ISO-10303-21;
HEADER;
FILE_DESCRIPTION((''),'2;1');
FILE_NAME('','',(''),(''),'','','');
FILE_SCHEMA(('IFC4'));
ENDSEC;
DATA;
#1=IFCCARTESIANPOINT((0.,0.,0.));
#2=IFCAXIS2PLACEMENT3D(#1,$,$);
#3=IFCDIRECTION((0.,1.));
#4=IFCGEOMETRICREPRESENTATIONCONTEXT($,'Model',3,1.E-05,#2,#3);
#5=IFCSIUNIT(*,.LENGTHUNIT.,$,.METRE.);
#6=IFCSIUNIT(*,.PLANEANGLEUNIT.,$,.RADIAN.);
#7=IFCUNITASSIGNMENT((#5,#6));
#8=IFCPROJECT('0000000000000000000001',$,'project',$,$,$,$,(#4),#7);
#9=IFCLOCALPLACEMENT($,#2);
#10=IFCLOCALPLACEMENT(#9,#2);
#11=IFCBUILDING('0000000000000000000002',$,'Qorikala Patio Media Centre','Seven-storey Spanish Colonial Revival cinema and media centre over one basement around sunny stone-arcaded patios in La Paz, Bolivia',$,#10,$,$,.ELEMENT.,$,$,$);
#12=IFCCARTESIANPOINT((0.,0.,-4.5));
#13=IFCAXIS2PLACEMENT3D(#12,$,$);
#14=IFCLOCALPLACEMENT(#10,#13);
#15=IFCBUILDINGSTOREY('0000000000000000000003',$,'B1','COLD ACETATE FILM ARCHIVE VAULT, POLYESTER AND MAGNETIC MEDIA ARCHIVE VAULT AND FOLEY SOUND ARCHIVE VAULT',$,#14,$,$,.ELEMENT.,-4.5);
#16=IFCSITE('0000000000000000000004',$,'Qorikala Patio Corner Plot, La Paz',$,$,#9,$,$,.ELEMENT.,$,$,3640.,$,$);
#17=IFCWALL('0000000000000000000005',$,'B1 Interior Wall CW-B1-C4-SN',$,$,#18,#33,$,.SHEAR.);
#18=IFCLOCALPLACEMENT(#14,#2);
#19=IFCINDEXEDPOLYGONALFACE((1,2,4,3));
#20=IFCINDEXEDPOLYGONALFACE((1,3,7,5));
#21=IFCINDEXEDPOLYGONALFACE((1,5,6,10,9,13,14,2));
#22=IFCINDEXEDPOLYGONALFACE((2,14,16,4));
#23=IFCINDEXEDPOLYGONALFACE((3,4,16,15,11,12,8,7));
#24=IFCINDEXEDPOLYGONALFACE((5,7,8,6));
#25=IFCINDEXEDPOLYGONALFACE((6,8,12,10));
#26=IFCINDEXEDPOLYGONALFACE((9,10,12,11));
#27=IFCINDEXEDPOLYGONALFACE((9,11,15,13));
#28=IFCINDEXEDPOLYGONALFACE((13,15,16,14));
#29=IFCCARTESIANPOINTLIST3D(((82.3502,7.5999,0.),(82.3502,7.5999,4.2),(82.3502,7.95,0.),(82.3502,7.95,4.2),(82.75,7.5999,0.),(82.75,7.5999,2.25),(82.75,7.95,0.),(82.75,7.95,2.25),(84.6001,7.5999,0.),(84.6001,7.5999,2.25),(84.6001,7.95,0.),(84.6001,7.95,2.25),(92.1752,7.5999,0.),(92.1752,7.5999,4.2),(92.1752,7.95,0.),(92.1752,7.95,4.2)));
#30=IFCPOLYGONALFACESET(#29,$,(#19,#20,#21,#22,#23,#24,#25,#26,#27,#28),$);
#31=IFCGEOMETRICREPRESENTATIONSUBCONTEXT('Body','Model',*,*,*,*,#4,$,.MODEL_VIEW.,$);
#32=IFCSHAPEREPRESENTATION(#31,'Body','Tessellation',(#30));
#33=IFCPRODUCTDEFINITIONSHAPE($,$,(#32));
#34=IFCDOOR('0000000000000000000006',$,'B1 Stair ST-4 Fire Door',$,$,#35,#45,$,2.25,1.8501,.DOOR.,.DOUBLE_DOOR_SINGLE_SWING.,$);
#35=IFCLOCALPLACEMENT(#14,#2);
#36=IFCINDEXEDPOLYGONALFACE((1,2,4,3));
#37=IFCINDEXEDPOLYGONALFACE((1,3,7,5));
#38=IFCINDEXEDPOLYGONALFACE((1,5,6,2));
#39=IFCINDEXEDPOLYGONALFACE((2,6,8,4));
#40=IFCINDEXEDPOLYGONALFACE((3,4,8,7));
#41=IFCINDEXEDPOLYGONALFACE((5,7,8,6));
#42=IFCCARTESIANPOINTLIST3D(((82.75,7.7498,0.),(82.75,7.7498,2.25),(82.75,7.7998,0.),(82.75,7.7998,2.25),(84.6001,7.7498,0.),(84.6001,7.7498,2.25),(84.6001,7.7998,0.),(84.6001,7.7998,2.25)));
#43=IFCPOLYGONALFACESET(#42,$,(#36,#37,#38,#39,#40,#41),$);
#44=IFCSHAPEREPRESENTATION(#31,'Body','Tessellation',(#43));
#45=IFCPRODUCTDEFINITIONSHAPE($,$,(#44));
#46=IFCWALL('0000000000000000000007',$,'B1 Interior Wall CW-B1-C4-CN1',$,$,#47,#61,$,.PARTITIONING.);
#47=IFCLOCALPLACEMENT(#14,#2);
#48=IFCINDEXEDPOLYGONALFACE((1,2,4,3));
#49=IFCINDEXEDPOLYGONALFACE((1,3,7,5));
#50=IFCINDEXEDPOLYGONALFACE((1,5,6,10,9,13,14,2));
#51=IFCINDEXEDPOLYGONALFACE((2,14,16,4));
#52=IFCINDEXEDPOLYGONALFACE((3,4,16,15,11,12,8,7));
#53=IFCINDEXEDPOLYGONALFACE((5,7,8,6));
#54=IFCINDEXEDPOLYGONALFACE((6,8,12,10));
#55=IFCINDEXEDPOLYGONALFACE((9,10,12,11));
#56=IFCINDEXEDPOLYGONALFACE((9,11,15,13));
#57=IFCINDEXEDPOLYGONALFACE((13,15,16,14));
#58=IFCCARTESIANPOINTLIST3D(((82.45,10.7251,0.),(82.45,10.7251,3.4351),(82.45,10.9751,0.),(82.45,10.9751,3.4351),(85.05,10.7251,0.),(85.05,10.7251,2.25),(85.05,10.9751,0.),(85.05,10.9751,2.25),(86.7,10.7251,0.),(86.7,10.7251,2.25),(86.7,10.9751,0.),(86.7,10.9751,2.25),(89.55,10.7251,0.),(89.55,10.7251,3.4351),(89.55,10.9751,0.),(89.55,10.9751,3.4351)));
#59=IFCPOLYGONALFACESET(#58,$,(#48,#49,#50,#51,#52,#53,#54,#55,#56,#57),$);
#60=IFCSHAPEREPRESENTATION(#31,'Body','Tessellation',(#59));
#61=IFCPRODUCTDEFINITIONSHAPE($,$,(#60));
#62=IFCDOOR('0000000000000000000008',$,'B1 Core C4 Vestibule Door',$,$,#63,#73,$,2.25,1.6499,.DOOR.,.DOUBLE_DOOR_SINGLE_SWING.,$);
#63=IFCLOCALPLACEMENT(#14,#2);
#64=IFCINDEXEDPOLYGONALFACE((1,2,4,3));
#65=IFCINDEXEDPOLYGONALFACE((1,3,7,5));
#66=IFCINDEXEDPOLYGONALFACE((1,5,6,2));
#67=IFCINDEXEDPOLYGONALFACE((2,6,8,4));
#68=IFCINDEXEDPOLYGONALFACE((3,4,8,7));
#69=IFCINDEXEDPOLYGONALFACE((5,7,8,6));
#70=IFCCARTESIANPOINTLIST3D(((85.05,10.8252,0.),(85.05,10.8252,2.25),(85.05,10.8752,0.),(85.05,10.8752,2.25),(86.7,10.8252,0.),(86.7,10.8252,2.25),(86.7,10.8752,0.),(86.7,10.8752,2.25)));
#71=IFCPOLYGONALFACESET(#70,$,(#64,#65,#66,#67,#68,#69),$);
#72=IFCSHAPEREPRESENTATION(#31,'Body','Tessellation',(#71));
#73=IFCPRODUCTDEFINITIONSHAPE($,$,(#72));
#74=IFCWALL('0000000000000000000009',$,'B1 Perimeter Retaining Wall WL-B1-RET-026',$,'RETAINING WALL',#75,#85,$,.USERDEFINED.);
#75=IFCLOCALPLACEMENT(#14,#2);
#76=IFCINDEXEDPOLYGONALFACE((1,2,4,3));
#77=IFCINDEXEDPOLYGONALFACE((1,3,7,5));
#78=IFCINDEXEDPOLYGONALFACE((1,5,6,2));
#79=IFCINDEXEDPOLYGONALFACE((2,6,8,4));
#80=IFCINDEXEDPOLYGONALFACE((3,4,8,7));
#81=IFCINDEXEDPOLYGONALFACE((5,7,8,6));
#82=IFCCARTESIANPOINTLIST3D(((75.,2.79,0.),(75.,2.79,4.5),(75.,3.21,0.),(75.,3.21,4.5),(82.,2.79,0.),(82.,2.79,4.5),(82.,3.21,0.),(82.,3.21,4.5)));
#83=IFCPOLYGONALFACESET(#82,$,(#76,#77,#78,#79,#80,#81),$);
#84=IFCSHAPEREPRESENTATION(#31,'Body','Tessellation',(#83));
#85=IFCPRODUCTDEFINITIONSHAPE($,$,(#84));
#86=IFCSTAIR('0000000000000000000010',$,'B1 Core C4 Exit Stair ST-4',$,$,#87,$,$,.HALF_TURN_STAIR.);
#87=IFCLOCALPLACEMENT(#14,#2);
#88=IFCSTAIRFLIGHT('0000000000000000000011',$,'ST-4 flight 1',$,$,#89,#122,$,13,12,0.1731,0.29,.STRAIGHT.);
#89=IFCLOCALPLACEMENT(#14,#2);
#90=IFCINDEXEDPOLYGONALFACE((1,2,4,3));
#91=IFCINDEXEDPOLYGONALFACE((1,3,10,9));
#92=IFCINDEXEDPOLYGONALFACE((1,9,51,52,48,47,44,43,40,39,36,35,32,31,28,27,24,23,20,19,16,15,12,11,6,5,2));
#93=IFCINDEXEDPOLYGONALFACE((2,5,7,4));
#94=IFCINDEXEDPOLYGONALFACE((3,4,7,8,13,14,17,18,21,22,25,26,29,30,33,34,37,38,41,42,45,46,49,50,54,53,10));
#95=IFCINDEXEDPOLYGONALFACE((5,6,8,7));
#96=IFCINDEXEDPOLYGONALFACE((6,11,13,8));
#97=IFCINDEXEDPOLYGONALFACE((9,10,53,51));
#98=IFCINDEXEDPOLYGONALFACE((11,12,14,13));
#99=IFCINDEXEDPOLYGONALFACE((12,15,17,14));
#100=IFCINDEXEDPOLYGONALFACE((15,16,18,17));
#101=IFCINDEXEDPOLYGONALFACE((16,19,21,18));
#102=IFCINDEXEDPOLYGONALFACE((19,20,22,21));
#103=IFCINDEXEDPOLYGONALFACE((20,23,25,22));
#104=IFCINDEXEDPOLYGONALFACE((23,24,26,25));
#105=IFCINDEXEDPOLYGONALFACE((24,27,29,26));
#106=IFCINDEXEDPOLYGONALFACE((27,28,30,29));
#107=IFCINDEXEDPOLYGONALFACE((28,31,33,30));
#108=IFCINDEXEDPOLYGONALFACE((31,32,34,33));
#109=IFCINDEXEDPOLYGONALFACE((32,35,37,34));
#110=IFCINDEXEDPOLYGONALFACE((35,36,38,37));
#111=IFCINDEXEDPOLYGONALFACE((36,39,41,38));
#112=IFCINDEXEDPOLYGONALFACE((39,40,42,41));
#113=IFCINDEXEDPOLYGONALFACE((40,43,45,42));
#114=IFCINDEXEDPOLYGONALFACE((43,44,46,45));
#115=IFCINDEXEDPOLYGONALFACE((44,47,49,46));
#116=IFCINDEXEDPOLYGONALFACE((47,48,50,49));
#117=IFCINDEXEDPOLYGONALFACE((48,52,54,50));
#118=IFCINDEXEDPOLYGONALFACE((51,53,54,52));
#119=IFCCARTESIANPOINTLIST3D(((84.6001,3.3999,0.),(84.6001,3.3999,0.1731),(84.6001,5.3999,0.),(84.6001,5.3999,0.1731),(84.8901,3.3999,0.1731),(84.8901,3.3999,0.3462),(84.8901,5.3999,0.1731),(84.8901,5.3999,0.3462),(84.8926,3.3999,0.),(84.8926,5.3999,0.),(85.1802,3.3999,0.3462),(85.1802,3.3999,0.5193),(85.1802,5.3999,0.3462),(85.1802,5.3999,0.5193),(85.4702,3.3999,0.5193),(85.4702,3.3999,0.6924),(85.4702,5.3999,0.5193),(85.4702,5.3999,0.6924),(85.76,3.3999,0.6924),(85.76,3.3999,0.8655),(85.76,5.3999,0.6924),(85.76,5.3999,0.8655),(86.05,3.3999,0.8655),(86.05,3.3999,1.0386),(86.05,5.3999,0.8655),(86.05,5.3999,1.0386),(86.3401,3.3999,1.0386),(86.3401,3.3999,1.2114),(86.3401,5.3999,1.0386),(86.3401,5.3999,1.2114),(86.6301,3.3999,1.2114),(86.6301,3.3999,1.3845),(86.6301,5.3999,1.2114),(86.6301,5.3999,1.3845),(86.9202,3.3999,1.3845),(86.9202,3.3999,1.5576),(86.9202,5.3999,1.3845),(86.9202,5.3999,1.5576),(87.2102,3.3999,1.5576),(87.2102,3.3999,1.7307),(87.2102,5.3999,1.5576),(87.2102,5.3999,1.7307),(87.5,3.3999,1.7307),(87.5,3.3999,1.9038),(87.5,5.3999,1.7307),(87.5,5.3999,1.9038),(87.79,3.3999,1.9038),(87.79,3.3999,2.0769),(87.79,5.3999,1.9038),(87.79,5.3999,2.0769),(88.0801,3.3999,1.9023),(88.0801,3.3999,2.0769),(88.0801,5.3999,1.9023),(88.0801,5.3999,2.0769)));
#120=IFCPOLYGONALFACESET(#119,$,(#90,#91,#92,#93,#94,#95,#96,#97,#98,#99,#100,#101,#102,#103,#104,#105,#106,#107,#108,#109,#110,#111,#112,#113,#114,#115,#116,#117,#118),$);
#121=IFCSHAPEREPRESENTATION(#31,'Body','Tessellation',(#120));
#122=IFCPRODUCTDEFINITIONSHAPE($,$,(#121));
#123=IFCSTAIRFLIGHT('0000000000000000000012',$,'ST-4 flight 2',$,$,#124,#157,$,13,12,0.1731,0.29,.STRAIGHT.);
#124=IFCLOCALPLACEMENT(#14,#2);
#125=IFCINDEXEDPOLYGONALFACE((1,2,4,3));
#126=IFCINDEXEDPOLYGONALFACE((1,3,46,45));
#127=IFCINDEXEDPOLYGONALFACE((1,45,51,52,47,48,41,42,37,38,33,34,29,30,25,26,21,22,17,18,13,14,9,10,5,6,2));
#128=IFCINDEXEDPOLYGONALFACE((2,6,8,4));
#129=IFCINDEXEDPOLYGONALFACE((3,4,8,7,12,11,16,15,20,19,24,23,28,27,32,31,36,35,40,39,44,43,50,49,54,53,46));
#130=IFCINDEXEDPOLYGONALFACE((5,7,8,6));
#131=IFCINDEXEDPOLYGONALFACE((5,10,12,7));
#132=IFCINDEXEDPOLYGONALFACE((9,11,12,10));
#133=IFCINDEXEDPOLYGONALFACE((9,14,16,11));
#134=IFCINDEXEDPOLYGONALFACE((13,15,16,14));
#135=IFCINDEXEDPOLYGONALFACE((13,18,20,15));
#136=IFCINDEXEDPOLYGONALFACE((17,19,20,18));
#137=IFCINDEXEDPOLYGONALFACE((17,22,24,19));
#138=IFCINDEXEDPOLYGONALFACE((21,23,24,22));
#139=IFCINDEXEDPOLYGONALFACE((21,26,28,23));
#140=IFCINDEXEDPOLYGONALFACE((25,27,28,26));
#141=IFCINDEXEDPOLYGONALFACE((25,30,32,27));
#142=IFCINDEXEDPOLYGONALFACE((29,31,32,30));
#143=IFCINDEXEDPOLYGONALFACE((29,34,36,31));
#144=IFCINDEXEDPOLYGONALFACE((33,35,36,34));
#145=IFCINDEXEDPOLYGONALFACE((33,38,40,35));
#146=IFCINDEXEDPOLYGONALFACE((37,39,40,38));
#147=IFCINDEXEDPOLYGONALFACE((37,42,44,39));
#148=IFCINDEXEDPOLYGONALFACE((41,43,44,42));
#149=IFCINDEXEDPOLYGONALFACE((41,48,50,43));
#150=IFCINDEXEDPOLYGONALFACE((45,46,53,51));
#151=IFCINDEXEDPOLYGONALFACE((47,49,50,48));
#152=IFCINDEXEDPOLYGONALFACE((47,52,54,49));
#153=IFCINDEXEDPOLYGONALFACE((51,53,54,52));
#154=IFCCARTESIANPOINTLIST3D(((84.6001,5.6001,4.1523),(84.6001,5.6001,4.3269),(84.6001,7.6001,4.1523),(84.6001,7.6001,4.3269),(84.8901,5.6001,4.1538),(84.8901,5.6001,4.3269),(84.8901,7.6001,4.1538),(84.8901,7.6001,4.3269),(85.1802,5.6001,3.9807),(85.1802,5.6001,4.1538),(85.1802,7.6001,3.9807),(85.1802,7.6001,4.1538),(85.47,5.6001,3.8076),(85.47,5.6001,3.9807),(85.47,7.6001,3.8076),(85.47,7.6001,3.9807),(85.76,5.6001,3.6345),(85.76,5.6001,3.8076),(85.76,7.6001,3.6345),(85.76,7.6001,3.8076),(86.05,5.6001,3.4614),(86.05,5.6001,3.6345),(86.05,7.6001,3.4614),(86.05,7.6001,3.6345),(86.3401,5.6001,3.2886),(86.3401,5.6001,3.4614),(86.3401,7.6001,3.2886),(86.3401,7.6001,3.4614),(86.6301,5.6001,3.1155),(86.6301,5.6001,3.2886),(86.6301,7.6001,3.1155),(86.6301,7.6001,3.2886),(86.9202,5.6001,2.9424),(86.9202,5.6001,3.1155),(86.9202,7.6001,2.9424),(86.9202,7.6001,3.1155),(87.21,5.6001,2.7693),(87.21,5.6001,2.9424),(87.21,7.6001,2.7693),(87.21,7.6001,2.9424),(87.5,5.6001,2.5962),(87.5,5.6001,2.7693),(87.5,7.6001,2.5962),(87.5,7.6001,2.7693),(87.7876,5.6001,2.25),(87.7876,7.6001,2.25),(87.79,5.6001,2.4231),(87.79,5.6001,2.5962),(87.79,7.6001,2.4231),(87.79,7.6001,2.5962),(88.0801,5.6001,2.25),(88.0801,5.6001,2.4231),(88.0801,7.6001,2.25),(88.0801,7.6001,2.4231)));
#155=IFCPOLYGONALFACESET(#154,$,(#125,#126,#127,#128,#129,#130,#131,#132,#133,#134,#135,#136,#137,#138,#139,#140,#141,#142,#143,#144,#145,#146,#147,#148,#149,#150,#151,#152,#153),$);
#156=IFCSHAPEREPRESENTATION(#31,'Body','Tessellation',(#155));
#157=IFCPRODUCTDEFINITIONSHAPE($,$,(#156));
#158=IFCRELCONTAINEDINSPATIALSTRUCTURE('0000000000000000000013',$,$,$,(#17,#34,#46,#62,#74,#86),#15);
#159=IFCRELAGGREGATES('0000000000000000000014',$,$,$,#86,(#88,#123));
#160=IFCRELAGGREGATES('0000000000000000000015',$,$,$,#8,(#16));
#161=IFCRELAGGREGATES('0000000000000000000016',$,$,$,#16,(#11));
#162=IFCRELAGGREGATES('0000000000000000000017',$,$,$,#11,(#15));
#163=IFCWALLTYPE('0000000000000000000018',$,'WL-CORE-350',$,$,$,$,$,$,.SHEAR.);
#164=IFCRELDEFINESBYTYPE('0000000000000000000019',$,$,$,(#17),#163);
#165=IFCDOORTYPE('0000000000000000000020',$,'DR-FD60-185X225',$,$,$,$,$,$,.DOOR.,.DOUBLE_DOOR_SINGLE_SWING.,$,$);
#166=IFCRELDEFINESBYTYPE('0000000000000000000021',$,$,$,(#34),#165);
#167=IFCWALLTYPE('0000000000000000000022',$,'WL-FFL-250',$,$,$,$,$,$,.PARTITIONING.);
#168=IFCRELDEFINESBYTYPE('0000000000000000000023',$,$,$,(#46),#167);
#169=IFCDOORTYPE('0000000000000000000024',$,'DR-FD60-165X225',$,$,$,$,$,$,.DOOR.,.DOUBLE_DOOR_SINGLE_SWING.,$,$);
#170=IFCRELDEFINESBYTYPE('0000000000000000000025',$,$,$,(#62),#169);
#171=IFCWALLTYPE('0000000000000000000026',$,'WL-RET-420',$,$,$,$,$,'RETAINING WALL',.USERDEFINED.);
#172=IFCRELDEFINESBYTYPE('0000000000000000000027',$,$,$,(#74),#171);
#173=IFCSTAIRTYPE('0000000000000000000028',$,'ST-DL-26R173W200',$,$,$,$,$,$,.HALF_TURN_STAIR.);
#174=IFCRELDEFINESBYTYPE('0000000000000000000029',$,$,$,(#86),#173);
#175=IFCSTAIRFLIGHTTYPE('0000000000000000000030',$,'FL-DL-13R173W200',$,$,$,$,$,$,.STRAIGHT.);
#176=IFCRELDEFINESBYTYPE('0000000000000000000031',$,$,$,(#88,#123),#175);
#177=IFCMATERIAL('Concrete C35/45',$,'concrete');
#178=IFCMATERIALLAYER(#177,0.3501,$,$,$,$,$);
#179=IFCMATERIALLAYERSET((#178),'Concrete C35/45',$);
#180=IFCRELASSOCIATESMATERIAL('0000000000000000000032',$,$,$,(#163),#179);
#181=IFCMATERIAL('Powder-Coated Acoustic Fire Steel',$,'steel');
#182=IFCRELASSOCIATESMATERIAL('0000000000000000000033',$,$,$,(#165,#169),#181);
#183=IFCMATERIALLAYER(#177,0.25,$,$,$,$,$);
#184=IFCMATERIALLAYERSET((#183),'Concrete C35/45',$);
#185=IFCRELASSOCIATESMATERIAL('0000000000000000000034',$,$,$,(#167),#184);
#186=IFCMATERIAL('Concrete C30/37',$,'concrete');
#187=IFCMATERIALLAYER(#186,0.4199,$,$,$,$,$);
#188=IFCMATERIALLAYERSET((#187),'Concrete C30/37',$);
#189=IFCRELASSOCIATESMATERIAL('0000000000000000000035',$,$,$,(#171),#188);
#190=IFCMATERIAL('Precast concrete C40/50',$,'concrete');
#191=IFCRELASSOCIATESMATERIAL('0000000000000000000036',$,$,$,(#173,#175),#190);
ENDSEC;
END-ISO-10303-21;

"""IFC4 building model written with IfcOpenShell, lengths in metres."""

from ifc_helpers import new_model, si_unit, direction, frame, frame_2d, origin, place, context, subcontext, project, spatial, polyline, rectangle, outline, extrude, material, layer, layer_set, type_object, element, fill, aggregate, save


model = new_model("IFC4")

# Units and contexts
model_context = context("Model", 3, precision=1e-05, world=origin(), true_north=direction((0.0, 1.0)))
body_context = subcontext(model_context, "Body", "Model", "MODEL_VIEW")
ifc_project = project(units=[si_unit("LENGTHUNIT", "METRE"), si_unit("PLANEANGLEUNIT", "RADIAN")], contexts=[model_context])

# Site, building, storey
site_placement = place(None, origin())
site = spatial("IfcSite", under=ifc_project, at=site_placement, Name="Qorikala Patio Corner Plot, La Paz", CompositionType="ELEMENT", RefElevation=3640.0)
building_placement = place(site_placement, origin())
building = spatial("IfcBuilding", under=site, at=building_placement, Name="Qorikala Patio Media Centre", Description="Seven-storey Spanish Colonial Revival cinema and media centre over one basement around sunny stone-arcaded patios in La Paz, Bolivia", CompositionType="ELEMENT")
storey_placement = place(building_placement, frame((0.0, 0.0, -4.5)))
storey = spatial("IfcBuildingStorey", under=building, at=storey_placement, Name="B1", Description="COLD ACETATE FILM ARCHIVE VAULT, POLYESTER AND MAGNETIC MEDIA ARCHIVE VAULT AND FOLEY SOUND ARCHIVE VAULT", CompositionType="ELEMENT", Elevation=-4.5)

# Shared definitions
ifc_material_1 = material(Name="Concrete C30/37", Category="concrete")

# Shared definitions
ifc_material_2 = material(Name="Concrete C35/45", Category="concrete")

# Shared definitions
ifc_layer_1 = layer(ifc_material_2, 0.3501)
ifc_layer_set_1 = layer_set([ifc_layer_1], Name="Concrete C35/45")
wall_type_1 = type_object("IfcWallType", Name="WL-CORE-350", PredefinedType="SHEAR", material=ifc_layer_set_1)

# Walls, openings, doors
wall_1_placement = place(storey_placement, frame((82.3501, 7.7749, 0.0), z_axis=(0.0, 0.0, 1.0), x_axis=(1.0, 0.0, 0.0)))
wall_1 = element("IfcWall", 1, at=wall_1_placement, inside=storey, type_object=wall_type_1, Name="B1 Interior Wall CW-B1-C4-SN", PredefinedType="SHEAR", context=body_context, shape_type="SweptSolid", body=[
    extrude(rectangle(XDim=9.825, YDim=0.3501, at=frame_2d((4.9126, 0.0))), origin(), (0.0, 0.0, 1.0), 4.2),
])
opening_1_placement = place(wall_1_placement, frame((0.3999, 0.0, 0.0)))
opening_1 = element("IfcOpeningElement", 2, at=opening_1_placement, cuts=wall_1, PredefinedType="OPENING", context=body_context, shape_type="SweptSolid", body=[
    extrude(rectangle(XDim=1.8501, YDim=2.25, at=frame_2d((0.925, 1.125))), frame((0.0, 0.1851, 0.0), z_axis=(0.0, -1.0, 0.0), x_axis=(1.0, 0.0, 0.0)), (0.0, 0.0, 1.0), 0.3701),
])
ifc_material_3 = material(Name="Powder-Coated Acoustic Fire Steel", Category="steel")
door_type_1 = type_object("IfcDoorType", Name="DR-FD60-185X225", OperationType="DOUBLE_DOOR_SINGLE_SWING", PredefinedType="DOOR", material=ifc_material_3)
door_1_placement = place(opening_1_placement, origin())
door_1 = element("IfcDoor", 3, at=door_1_placement, inside=storey, type_object=door_type_1, Name="B1 Stair ST-4 Fire Door", OperationType="DOUBLE_DOOR_SINGLE_SWING", OverallHeight=2.25, OverallWidth=1.8501, PredefinedType="DOOR", context=body_context, shape_type="SweptSolid", body=[
    extrude(rectangle(XDim=1.8501, YDim=2.25, at=frame_2d((0.925, 1.125))), frame((0.0, 0.0249, 0.0), z_axis=(0.0, -1.0, 0.0), x_axis=(1.0, 0.0, 0.0)), (0.0, 0.0, 1.0), 0.05),
])
fill(opening_1, door_1)
ifc_layer_2 = layer(ifc_material_2, 0.25)
ifc_layer_set_2 = layer_set([ifc_layer_2], Name="Concrete C35/45")
wall_type_2 = type_object("IfcWallType", Name="WL-FFL-250", PredefinedType="PARTITIONING", material=ifc_layer_set_2)
wall_2_placement = place(storey_placement, frame((82.45, 10.8501, 0.0), z_axis=(0.0, 0.0, 1.0), x_axis=(1.0, 0.0, 0.0)))
wall_2 = element("IfcWall", 4, at=wall_2_placement, inside=storey, type_object=wall_type_2, Name="B1 Interior Wall CW-B1-C4-CN1", PredefinedType="PARTITIONING", context=body_context, shape_type="SweptSolid", body=[
    extrude(rectangle(XDim=7.1001, YDim=0.25, at=frame_2d((3.55, 0.0))), origin(), (0.0, 0.0, 1.0), 3.4351),
])
opening_2_placement = place(wall_2_placement, frame((2.6001, 0.0, 0.0)))
opening_2 = element("IfcOpeningElement", 5, at=opening_2_placement, cuts=wall_2, PredefinedType="OPENING", context=body_context, shape_type="SweptSolid", body=[
    extrude(rectangle(XDim=1.6499, YDim=2.25, at=frame_2d((0.825, 1.125))), frame((0.0, 0.135, 0.0), z_axis=(0.0, -1.0, 0.0), x_axis=(1.0, 0.0, 0.0)), (0.0, 0.0, 1.0), 0.27),
])
door_type_2 = type_object("IfcDoorType", Name="DR-FD60-165X225", OperationType="DOUBLE_DOOR_SINGLE_SWING", PredefinedType="DOOR", material=ifc_material_3)
door_2_placement = place(opening_2_placement, frame((1.6499, 0.0, 0.0), z_axis=(0.0, 0.0, 1.0), x_axis=(-1.0, 0.0, 0.0)))
door_2 = element("IfcDoor", 6, at=door_2_placement, inside=storey, type_object=door_type_2, Name="B1 Core C4 Vestibule Door", OperationType="DOUBLE_DOOR_SINGLE_SWING", OverallHeight=2.25, OverallWidth=1.6499, PredefinedType="DOOR", context=body_context, shape_type="SweptSolid", body=[
    extrude(rectangle(XDim=1.6499, YDim=2.25, at=frame_2d((0.825, 1.125))), frame((0.0, 0.0249, 0.0), z_axis=(0.0, -1.0, 0.0), x_axis=(1.0, 0.0, 0.0)), (0.0, 0.0, 1.0), 0.05),
])
fill(opening_2, door_2)

# Wall
ifc_layer_3 = layer(ifc_material_1, 0.4199)
ifc_layer_set_3 = layer_set([ifc_layer_3], Name="Concrete C30/37")
wall_type_3 = type_object("IfcWallType", Name="WL-RET-420", ElementType="RETAINING WALL", PredefinedType="USERDEFINED", material=ifc_layer_set_3)
wall_3_placement = place(storey_placement, frame((82.0, 3.0, 0.0), z_axis=(0.0, 0.0, 1.0), x_axis=(-1.0, 0.0, 0.0)))
element("IfcWall", 7, at=wall_3_placement, inside=storey, type_object=wall_type_3, Name="B1 Perimeter Retaining Wall WL-B1-RET-026", ObjectType="RETAINING WALL", PredefinedType="USERDEFINED", context=body_context, shape_type="SweptSolid", body=[
    extrude(rectangle(XDim=7.0, YDim=0.4199, at=frame_2d((3.5, 0.0))), origin(), (0.0, 0.0, 1.0), 4.5),
])

# Stair, stair flights
ifc_material_4 = material(Name="Precast concrete C40/50", Category="concrete")
stair_type = type_object("IfcStairType", Name="ST-DL-26R173W200", PredefinedType="HALF_TURN_STAIR", material=ifc_material_4)
stair_placement = place(storey_placement, origin())
stair = element("IfcStair", 8, at=stair_placement, inside=storey, type_object=stair_type, Name="B1 Core C4 Exit Stair ST-4", PredefinedType="HALF_TURN_STAIR")
stair_flight_type = type_object("IfcStairFlightType", Name="FL-DL-13R173W200", PredefinedType="STRAIGHT", material=ifc_material_4)
stair_flight_1_placement = place(storey_placement, frame((84.6001, 4.3999, 0.0), z_axis=(0.0, 0.0, 1.0), x_axis=(1.0, 0.0, 0.0)))
stair_flight_1 = element("IfcStairFlight", 9, at=stair_flight_1_placement, type_object=stair_flight_type, Name="ST-4 flight 1", NumberOfRisers=13, NumberOfTreads=12, PredefinedType="STRAIGHT", RiserHeight=0.1731, TreadLength=0.29, context=body_context, shape_type="SweptSolid", body=[
    extrude(outline(polyline([(0.0, 0.0), (0.0, 0.1731), (0.29, 0.1731), (0.29, 0.3462), (0.5801, 0.3462), (0.5801, 0.5193), (0.8701, 0.5193), (0.8701, 0.6924), (1.1599, 0.6924), (1.1599, 0.8655), (1.45, 0.8655), (1.45, 1.0386), (1.74, 1.0386), (1.74, 1.2114), (2.03, 1.2114), (2.03, 1.3845), (2.3201, 1.3845), (2.3201, 1.5576), (2.6101, 1.5576), (2.6101, 1.7307), (2.8999, 1.7307), (2.8999, 1.9038), (3.1899, 1.9038), (3.1899, 2.0769), (3.48, 2.0769), (3.48, 2.25), (3.48, 1.9023), (0.2925, 0.0), (0.0, 0.0)])), frame((0.0, 1.0, 0.0), z_axis=(0.0, -1.0, 0.0), x_axis=(1.0, 0.0, 0.0)), (0.0, 0.0, 1.0), 2.0),
])
stair_flight_2_placement = place(storey_placement, frame((88.0801, 6.6001, 2.25), z_axis=(0.0, 0.0, 1.0), x_axis=(-1.0, 0.0, 0.0)))
stair_flight_2 = element("IfcStairFlight", 10, at=stair_flight_2_placement, type_object=stair_flight_type, Name="ST-4 flight 2", NumberOfRisers=13, NumberOfTreads=12, PredefinedType="STRAIGHT", RiserHeight=0.1731, TreadLength=0.29, context=body_context, shape_type="SweptSolid", body=[
    extrude(outline(polyline([(0.0, 0.0), (0.0, 0.1731), (0.29, 0.1731), (0.29, 0.3462), (0.5801, 0.3462), (0.5801, 0.5193), (0.8701, 0.5193), (0.8701, 0.6924), (1.1599, 0.6924), (1.1599, 0.8655), (1.45, 0.8655), (1.45, 1.0386), (1.74, 1.0386), (1.74, 1.2114), (2.03, 1.2114), (2.03, 1.3845), (2.3201, 1.3845), (2.3201, 1.5576), (2.6101, 1.5576), (2.6101, 1.7307), (2.8999, 1.7307), (2.8999, 1.9038), (3.1899, 1.9038), (3.1899, 2.0769), (3.48, 2.0769), (3.48, 2.25), (3.48, 1.9023), (0.2925, 0.0), (0.0, 0.0)])), frame((0.0, 1.0, 0.0), z_axis=(0.0, -1.0, 0.0), x_axis=(1.0, 0.0, 0.0)), (0.0, 0.0, 1.0), 2.0),
])
aggregate(stair, [stair_flight_1, stair_flight_2])

save(model, "model.ifc")
